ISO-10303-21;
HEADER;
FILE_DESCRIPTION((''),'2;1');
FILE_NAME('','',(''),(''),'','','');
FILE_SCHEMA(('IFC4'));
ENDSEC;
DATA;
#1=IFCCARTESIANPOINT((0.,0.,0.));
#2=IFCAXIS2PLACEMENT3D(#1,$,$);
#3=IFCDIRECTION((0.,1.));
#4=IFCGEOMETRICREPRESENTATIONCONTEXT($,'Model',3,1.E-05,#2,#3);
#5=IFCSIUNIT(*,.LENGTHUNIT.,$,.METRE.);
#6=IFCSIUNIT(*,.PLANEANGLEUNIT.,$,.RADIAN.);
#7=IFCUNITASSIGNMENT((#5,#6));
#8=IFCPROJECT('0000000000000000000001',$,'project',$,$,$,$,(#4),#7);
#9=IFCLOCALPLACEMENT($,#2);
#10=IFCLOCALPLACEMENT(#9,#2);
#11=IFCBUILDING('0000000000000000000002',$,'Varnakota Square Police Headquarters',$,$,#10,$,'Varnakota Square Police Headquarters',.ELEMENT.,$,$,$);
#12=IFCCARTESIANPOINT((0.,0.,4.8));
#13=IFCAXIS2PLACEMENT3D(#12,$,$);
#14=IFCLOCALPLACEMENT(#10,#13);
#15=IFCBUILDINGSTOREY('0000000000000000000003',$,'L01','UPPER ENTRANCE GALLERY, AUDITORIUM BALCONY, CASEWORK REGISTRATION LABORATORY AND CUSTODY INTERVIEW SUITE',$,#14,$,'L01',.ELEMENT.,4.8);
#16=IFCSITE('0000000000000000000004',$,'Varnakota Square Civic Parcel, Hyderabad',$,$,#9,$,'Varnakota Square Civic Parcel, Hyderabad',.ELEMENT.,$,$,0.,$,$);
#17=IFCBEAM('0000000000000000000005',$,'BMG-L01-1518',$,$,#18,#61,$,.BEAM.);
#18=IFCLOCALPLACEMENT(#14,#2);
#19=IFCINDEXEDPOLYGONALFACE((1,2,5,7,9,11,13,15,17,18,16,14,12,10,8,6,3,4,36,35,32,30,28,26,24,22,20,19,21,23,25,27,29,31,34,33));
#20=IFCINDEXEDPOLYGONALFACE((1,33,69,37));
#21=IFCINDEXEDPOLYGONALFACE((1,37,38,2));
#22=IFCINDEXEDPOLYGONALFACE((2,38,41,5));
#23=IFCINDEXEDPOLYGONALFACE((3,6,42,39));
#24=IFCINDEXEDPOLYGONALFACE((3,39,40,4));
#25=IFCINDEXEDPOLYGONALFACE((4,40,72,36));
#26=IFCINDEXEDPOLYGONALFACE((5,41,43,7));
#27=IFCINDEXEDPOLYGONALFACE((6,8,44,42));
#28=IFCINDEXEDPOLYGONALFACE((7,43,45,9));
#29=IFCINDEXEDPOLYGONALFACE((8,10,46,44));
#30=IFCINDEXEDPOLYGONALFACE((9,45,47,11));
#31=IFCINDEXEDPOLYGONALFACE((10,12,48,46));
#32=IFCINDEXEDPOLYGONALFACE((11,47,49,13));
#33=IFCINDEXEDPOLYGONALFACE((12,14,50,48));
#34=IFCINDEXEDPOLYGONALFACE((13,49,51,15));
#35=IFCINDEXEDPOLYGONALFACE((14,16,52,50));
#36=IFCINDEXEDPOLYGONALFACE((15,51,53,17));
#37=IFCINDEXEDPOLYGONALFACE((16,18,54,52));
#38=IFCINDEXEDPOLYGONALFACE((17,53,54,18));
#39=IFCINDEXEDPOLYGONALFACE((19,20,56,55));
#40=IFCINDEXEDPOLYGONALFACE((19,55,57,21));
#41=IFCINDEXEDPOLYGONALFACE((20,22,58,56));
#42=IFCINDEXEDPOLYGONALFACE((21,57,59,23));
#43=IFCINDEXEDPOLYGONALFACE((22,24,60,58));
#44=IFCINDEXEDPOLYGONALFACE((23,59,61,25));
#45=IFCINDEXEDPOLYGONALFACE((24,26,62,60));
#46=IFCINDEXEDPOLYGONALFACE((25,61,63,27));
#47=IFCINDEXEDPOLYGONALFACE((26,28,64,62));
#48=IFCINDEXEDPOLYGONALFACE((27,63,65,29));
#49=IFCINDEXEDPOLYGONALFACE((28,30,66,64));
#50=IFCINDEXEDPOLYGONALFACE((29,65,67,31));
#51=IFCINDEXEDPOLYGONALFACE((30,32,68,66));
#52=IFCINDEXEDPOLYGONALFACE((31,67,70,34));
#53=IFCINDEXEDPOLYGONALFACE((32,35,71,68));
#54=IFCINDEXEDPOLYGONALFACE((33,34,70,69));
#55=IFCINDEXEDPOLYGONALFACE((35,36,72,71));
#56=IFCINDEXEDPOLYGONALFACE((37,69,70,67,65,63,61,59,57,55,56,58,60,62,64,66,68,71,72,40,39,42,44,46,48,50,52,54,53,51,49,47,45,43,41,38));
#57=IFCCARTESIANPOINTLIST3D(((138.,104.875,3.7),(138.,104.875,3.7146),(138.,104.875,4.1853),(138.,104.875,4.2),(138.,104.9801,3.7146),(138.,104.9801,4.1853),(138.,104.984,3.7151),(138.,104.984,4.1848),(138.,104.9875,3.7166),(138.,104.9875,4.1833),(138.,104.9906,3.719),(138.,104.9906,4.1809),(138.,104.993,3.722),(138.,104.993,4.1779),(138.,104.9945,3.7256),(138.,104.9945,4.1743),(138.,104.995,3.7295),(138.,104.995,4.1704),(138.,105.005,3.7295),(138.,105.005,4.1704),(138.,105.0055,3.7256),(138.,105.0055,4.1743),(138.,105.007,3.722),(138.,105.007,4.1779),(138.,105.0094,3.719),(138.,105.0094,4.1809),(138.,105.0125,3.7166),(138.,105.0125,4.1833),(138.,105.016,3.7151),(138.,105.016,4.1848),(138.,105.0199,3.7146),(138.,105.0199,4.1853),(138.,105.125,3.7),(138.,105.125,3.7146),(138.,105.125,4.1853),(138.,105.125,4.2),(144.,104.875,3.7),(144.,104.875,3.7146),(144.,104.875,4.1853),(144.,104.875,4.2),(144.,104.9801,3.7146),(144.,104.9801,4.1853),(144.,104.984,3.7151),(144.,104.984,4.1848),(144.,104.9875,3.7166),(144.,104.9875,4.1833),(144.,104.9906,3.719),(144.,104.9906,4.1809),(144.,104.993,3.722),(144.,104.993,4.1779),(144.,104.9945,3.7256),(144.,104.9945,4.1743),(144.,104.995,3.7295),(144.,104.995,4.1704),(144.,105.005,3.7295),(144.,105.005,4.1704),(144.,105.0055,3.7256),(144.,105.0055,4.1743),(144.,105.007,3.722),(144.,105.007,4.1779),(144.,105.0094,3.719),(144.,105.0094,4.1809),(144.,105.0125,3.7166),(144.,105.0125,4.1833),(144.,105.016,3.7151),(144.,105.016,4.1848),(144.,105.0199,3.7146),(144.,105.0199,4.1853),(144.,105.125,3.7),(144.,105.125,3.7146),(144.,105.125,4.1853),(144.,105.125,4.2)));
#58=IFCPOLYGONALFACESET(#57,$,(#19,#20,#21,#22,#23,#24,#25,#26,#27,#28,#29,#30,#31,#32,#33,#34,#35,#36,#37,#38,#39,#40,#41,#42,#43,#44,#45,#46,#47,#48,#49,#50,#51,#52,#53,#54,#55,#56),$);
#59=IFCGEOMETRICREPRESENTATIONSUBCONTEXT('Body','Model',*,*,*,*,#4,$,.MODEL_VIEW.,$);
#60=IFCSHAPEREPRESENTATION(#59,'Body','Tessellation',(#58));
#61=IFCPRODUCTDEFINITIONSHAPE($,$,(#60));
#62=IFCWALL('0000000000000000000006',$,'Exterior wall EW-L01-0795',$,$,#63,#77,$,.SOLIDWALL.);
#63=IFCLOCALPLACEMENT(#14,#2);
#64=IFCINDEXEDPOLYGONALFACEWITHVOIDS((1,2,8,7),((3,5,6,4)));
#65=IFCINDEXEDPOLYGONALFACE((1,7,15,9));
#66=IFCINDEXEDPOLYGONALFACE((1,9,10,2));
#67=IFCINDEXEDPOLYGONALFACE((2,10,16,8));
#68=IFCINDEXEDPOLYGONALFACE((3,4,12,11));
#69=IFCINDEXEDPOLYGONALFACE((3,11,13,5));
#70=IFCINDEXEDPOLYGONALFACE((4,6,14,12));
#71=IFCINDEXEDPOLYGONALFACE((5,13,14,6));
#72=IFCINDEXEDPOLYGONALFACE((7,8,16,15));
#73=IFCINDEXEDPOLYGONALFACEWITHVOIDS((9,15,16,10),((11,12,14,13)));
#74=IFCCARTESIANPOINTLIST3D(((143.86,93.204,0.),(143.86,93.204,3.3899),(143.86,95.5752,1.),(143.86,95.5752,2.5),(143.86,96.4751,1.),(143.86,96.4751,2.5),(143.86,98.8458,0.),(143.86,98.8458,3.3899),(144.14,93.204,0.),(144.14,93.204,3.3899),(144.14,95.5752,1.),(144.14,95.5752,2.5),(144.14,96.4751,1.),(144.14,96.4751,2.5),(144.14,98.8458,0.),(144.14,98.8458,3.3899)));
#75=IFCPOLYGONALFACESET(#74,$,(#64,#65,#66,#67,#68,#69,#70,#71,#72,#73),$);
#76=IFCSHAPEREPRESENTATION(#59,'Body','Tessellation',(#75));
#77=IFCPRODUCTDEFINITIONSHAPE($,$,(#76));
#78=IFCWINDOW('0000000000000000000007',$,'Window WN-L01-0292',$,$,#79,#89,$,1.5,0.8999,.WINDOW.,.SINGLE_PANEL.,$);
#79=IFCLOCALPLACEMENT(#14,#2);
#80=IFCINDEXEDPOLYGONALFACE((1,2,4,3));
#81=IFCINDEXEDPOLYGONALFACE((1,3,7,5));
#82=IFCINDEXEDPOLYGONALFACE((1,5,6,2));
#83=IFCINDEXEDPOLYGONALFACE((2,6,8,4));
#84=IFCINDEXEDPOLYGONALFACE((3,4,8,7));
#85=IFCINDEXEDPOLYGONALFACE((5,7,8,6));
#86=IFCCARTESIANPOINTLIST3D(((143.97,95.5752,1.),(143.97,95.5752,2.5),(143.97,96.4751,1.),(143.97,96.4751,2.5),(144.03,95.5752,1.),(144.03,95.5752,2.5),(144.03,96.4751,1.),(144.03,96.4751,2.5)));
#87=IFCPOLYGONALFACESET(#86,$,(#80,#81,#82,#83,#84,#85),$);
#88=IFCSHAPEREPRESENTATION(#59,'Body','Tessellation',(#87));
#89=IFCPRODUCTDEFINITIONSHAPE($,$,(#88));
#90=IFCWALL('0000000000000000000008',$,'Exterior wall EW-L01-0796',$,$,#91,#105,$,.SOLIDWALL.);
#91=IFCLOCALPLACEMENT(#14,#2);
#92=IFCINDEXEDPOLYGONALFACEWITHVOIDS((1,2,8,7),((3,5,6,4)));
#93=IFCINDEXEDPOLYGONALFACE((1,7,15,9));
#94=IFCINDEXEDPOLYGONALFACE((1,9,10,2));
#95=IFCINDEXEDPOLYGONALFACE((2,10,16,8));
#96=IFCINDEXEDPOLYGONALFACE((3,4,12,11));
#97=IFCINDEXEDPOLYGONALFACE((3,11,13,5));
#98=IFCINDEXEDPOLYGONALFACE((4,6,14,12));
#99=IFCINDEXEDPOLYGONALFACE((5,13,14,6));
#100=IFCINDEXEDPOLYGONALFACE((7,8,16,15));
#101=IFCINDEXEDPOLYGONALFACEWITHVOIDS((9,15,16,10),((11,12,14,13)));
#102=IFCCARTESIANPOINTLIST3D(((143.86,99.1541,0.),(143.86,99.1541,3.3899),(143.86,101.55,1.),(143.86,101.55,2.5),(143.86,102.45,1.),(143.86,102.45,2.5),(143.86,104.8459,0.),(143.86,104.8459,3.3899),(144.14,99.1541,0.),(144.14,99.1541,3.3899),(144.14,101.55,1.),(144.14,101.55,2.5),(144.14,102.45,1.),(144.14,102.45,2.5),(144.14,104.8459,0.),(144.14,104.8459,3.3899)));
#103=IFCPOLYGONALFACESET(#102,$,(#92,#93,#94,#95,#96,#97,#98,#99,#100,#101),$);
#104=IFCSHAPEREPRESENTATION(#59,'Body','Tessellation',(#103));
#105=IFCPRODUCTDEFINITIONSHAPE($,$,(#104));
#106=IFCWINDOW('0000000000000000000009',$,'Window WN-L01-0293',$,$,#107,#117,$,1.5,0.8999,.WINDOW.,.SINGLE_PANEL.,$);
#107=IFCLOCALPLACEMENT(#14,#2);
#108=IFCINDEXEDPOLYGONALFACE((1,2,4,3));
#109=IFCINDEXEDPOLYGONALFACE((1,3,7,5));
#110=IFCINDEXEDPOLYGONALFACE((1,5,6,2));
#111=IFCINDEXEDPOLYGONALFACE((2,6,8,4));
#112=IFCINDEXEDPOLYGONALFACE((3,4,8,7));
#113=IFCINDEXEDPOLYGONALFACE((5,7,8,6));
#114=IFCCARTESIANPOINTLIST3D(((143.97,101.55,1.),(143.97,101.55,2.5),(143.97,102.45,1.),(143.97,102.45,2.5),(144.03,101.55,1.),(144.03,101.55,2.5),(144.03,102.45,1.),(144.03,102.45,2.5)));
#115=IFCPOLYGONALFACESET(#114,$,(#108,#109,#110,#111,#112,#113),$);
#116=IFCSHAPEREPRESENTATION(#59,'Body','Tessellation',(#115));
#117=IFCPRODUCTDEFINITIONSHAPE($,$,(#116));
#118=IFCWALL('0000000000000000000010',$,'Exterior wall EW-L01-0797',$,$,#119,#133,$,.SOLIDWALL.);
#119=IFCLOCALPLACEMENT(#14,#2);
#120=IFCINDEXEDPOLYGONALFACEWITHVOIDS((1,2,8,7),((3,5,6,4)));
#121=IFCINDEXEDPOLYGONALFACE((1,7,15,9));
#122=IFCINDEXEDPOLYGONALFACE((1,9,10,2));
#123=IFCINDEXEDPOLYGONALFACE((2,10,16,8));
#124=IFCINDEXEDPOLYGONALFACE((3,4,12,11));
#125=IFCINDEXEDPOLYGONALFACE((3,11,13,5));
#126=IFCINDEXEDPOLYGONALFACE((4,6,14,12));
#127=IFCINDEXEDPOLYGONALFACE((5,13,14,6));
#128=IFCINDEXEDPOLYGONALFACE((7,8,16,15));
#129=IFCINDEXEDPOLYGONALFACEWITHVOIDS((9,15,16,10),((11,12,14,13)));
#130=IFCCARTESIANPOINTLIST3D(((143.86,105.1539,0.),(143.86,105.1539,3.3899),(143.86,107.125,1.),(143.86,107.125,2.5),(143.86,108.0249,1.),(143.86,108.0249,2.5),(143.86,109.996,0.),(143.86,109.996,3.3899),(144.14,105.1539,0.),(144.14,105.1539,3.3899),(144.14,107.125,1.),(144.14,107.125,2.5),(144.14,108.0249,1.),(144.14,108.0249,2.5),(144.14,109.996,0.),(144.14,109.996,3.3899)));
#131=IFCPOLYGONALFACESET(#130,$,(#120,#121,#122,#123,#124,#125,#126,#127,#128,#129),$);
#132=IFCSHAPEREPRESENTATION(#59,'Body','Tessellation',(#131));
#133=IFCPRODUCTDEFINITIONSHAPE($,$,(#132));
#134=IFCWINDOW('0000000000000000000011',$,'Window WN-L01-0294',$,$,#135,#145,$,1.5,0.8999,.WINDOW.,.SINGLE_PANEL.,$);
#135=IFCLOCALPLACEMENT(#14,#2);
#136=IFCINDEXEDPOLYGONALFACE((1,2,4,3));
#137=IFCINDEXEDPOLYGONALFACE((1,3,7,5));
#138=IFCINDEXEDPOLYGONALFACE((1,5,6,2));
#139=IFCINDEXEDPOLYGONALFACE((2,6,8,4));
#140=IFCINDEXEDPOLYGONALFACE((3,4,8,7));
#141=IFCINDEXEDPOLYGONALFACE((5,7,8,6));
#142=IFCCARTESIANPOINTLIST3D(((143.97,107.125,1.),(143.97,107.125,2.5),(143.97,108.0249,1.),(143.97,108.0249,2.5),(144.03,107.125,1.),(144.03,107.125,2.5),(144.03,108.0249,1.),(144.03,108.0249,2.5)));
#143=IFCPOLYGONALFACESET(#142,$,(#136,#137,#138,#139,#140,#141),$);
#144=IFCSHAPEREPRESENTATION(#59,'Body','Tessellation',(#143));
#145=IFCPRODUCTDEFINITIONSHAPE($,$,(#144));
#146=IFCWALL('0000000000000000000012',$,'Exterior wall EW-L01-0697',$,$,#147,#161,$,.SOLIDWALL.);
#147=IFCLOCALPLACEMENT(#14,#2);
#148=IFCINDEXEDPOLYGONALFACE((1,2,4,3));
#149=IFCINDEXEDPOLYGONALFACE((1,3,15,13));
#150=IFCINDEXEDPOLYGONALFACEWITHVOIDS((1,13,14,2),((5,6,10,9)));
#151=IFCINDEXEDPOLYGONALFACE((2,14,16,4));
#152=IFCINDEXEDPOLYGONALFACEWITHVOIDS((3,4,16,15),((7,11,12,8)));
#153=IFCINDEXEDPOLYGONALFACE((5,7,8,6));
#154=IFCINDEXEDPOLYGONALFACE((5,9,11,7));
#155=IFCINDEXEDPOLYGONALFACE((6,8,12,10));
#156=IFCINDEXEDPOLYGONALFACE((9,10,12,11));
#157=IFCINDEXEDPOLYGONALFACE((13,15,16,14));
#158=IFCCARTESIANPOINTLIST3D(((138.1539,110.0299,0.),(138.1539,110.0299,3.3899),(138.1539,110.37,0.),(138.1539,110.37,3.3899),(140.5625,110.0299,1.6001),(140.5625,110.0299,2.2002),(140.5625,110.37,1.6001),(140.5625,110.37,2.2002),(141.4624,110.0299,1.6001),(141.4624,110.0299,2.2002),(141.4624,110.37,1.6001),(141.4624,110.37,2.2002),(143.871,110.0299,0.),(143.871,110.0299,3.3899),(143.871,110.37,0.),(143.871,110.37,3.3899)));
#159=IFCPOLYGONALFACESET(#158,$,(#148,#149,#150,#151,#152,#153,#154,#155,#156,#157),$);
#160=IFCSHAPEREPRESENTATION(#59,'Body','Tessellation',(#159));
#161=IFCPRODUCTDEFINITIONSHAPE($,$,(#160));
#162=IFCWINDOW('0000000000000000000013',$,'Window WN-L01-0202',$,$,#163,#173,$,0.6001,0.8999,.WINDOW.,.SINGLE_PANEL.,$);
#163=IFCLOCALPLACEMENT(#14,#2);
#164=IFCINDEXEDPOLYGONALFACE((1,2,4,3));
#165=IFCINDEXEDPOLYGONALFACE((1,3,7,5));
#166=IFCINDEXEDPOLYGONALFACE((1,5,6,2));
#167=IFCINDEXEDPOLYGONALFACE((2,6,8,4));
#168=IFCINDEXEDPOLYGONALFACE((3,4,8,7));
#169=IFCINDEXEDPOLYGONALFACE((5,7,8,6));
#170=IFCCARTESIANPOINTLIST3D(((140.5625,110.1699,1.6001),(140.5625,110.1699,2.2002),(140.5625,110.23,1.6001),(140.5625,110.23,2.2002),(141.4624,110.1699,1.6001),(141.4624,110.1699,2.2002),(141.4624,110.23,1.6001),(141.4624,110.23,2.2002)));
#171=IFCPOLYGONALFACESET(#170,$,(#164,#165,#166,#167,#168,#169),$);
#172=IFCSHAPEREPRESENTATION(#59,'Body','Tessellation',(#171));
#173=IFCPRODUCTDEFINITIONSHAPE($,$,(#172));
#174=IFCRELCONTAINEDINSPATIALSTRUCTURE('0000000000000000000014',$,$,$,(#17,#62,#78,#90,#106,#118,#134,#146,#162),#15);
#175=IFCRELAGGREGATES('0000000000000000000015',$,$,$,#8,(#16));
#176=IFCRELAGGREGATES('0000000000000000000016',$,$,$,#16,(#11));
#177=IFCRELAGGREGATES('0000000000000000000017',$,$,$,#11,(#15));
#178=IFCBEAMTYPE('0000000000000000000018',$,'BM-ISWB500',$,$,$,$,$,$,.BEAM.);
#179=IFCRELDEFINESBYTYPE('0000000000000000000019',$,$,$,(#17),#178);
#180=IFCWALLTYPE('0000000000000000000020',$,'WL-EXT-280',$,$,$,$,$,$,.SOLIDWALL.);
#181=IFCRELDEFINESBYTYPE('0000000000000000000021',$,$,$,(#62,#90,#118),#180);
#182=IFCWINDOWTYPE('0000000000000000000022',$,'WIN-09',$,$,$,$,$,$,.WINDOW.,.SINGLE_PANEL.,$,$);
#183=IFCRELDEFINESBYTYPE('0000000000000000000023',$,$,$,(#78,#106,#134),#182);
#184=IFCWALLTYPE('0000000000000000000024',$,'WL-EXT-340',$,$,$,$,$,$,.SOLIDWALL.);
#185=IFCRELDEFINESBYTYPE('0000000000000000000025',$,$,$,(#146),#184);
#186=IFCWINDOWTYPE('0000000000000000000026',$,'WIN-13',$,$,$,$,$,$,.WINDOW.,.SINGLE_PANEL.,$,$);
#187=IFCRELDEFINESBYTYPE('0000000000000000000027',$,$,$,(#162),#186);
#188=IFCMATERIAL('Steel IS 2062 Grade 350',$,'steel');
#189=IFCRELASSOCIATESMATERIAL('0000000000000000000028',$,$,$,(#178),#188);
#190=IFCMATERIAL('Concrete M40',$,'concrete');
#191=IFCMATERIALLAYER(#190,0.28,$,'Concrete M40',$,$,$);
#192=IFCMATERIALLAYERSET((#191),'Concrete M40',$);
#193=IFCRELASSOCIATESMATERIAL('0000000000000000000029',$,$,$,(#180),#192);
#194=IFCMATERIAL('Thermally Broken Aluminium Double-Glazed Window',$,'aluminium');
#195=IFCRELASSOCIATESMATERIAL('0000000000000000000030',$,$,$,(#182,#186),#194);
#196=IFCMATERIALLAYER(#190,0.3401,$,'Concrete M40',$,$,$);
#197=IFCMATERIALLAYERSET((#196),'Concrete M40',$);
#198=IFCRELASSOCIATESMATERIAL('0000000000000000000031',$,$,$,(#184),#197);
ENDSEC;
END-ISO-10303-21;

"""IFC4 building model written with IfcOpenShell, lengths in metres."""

from ifc_helpers import new_model, si_unit, direction, frame, frame_2d, origin, origin_2d, place, context, subcontext, project, spatial, rectangle, i_section, extrude, material, layer, layer_set, material_profile, profile_set, type_object, element, fill, save


model = new_model("IFC4")

# Units and contexts
model_context = context("Model", 3, precision=1e-05, world=origin(), true_north=direction((0.0, 1.0)))
body_context = subcontext(model_context, "Body", "Model", "MODEL_VIEW")
ifc_project = project(units=[si_unit("LENGTHUNIT", "METRE"), si_unit("PLANEANGLEUNIT", "RADIAN")], contexts=[model_context])

# Site, building, storey
site_placement = place(None, origin())
site = spatial("IfcSite", under=ifc_project, at=site_placement, Name="Varnakota Square Civic Parcel, Hyderabad", LongName="Varnakota Square Civic Parcel, Hyderabad", CompositionType="ELEMENT", RefElevation=0.0)
building_placement = place(site_placement, origin())
building = spatial("IfcBuilding", under=site, at=building_placement, Name="Varnakota Square Police Headquarters", LongName="Varnakota Square Police Headquarters", CompositionType="ELEMENT")
storey_placement = place(building_placement, frame((0.0, 0.0, 4.8)))
storey = spatial("IfcBuildingStorey", under=building, at=storey_placement, Name="L01", Description="UPPER ENTRANCE GALLERY, AUDITORIUM BALCONY, CASEWORK REGISTRATION LABORATORY AND CUSTODY INTERVIEW SUITE", LongName="L01", CompositionType="ELEMENT", Elevation=4.8)

# Shared definitions
ifc_material_1 = material(Name="Steel IS 2062 Grade 350", Category="steel")

# Beam
ifc_material_profile_1 = material_profile(ifc_material_1, i_section(OverallWidth=0.25, OverallDepth=0.5, WebThickness=0.01, FlangeThickness=0.0146, FilletRadius=0.0149, at=origin_2d()), Name="ISWB 500")
ifc_profile_set_1 = profile_set([ifc_material_profile_1], Name="Steel IS 2062 Grade 350")
beam_type_1 = type_object("IfcBeamType", Name="BM-ISWB500", PredefinedType="BEAM", material=ifc_profile_set_1)
beam_1_placement = place(storey_placement, frame((138.0, 105.0, 3.95), z_axis=(1.0, 0.0, 0.0), x_axis=(0.0, 1.0, 0.0)))
element("IfcBeam", 1, at=beam_1_placement, inside=storey, type_object=beam_type_1, Name="BMG-L01-1518", PredefinedType="BEAM", context=body_context, shape_type="SweptSolid", body=[
    extrude(i_section(OverallWidth=0.25, OverallDepth=0.5, WebThickness=0.01, FlangeThickness=0.0146, FilletRadius=0.0149, at=origin_2d()), origin(), (0.0, 0.0, 1.0), 6.0),
])

# Walls, openings, windows
ifc_material_2 = material(Name="Concrete M40", Category="concrete")
ifc_layer_1 = layer(ifc_material_2, 0.28, Name="Concrete M40")
ifc_layer_set_1 = layer_set([ifc_layer_1], Name="Concrete M40")
wall_type_1 = type_object("IfcWallType", Name="WL-EXT-280", PredefinedType="SOLIDWALL", material=ifc_layer_set_1)
wall_1_placement = place(storey_placement, frame((144.0, 93.2041, 0.0), z_axis=(0.0, 0.0, 1.0), x_axis=(0.0, 1.0, 0.0)))
wall_1 = element("IfcWall", 2, at=wall_1_placement, inside=storey, type_object=wall_type_1, Name="Exterior wall EW-L01-0795", PredefinedType="SOLIDWALL", context=body_context, shape_type="SweptSolid", body=[
    extrude(rectangle(XDim=5.6418, YDim=0.28, at=frame_2d((2.8208, 0.0))), origin(), (0.0, 0.0, 1.0), 3.3899),
])
opening_1_placement = place(wall_1_placement, frame((2.3711, 0.0, 1.0)))
opening_1 = element("IfcOpeningElement", 3, at=opening_1_placement, cuts=wall_1, PredefinedType="OPENING", context=body_context, shape_type="SweptSolid", body=[
    extrude(rectangle(XDim=0.8999, YDim=1.5, at=frame_2d((0.45, 0.75))), frame((0.0, 0.1499, 0.0), z_axis=(0.0, -1.0, 0.0), x_axis=(1.0, 0.0, 0.0)), (0.0, 0.0, 1.0), 0.3),
])
ifc_material_3 = material(Name="Thermally Broken Aluminium Double-Glazed Window", Category="aluminium")
window_type_1 = type_object("IfcWindowType", Name="WIN-09", PartitioningType="SINGLE_PANEL", PredefinedType="WINDOW", material=ifc_material_3)
window_1_placement = place(opening_1_placement, origin())
window_1 = element("IfcWindow", 4, at=window_1_placement, inside=storey, type_object=window_type_1, Name="Window WN-L01-0292", OverallHeight=1.5, OverallWidth=0.8999, PartitioningType="SINGLE_PANEL", PredefinedType="WINDOW", context=body_context, shape_type="SweptSolid", body=[
    extrude(rectangle(XDim=0.8999, YDim=1.5, at=frame_2d((0.45, 0.75))), frame((0.0, 0.03, 0.0), z_axis=(0.0, -1.0, 0.0), x_axis=(1.0, 0.0, 0.0)), (0.0, 0.0, 1.0), 0.0601),
])
fill(opening_1, window_1)
wall_2_placement = place(storey_placement, frame((144.0, 99.1541, 0.0), z_axis=(0.0, 0.0, 1.0), x_axis=(0.0, 1.0, 0.0)))
wall_2 = element("IfcWall", 5, at=wall_2_placement, inside=storey, type_object=wall_type_1, Name="Exterior wall EW-L01-0796", PredefinedType="SOLIDWALL", context=body_context, shape_type="SweptSolid", body=[
    extrude(rectangle(XDim=5.6919, YDim=0.28, at=frame_2d((2.8459, 0.0))), origin(), (0.0, 0.0, 1.0), 3.3899),
])
opening_2_placement = place(wall_2_placement, frame((2.396, 0.0, 1.0)))
opening_2 = element("IfcOpeningElement", 6, at=opening_2_placement, cuts=wall_2, PredefinedType="OPENING", context=body_context, shape_type="SweptSolid", body=[
    extrude(rectangle(XDim=0.8999, YDim=1.5, at=frame_2d((0.45, 0.75))), frame((0.0, 0.1499, 0.0), z_axis=(0.0, -1.0, 0.0), x_axis=(1.0, 0.0, 0.0)), (0.0, 0.0, 1.0), 0.3),
])
window_2_placement = place(opening_2_placement, origin())
window_2 = element("IfcWindow", 7, at=window_2_placement, inside=storey, type_object=window_type_1, Name="Window WN-L01-0293", OverallHeight=1.5, OverallWidth=0.8999, PartitioningType="SINGLE_PANEL", PredefinedType="WINDOW", context=body_context, shape_type="SweptSolid", body=[
    extrude(rectangle(XDim=0.8999, YDim=1.5, at=frame_2d((0.45, 0.75))), frame((0.0, 0.03, 0.0), z_axis=(0.0, -1.0, 0.0), x_axis=(1.0, 0.0, 0.0)), (0.0, 0.0, 1.0), 0.0601),
])
fill(opening_2, window_2)
wall_3_placement = place(storey_placement, frame((144.0, 105.1541, 0.0), z_axis=(0.0, 0.0, 1.0), x_axis=(0.0, 1.0, 0.0)))
wall_3 = element("IfcWall", 8, at=wall_3_placement, inside=storey, type_object=wall_type_1, Name="Exterior wall EW-L01-0797", PredefinedType="SOLIDWALL", context=body_context, shape_type="SweptSolid", body=[
    extrude(rectangle(XDim=4.842, YDim=0.28, at=frame_2d((2.4209, 0.0))), origin(), (0.0, 0.0, 1.0), 3.3899),
])
opening_3_placement = place(wall_3_placement, frame((1.9709, 0.0, 1.0)))
opening_3 = element("IfcOpeningElement", 9, at=opening_3_placement, cuts=wall_3, PredefinedType="OPENING", context=body_context, shape_type="SweptSolid", body=[
    extrude(rectangle(XDim=0.8999, YDim=1.5, at=frame_2d((0.45, 0.75))), frame((0.0, 0.1499, 0.0), z_axis=(0.0, -1.0, 0.0), x_axis=(1.0, 0.0, 0.0)), (0.0, 0.0, 1.0), 0.3),
])
window_3_placement = place(opening_3_placement, origin())
window_3 = element("IfcWindow", 10, at=window_3_placement, inside=storey, type_object=window_type_1, Name="Window WN-L01-0294", OverallHeight=1.5, OverallWidth=0.8999, PartitioningType="SINGLE_PANEL", PredefinedType="WINDOW", context=body_context, shape_type="SweptSolid", body=[
    extrude(rectangle(XDim=0.8999, YDim=1.5, at=frame_2d((0.45, 0.75))), frame((0.0, 0.03, 0.0), z_axis=(0.0, -1.0, 0.0), x_axis=(1.0, 0.0, 0.0)), (0.0, 0.0, 1.0), 0.0601),
])
fill(opening_3, window_3)
ifc_layer_2 = layer(ifc_material_2, 0.3401, Name="Concrete M40")
ifc_layer_set_2 = layer_set([ifc_layer_2], Name="Concrete M40")
wall_type_2 = type_object("IfcWallType", Name="WL-EXT-340", PredefinedType="SOLIDWALL", material=ifc_layer_set_2)
wall_4_placement = place(storey_placement, frame((138.1541, 110.2, 0.0), z_axis=(0.0, 0.0, 1.0), x_axis=(1.0, 0.0, 0.0)))
wall_4 = element("IfcWall", 11, at=wall_4_placement, inside=storey, type_object=wall_type_2, Name="Exterior wall EW-L01-0697", PredefinedType="SOLIDWALL", context=body_context, shape_type="SweptSolid", body=[
    extrude(rectangle(XDim=5.717, YDim=0.3401, at=frame_2d((2.8584, 0.0))), origin(), (0.0, 0.0, 1.0), 3.3899),
])
opening_4_placement = place(wall_4_placement, frame((2.4084, 0.0, 1.6001)))
opening_4 = element("IfcOpeningElement", 12, at=opening_4_placement, cuts=wall_4, PredefinedType="OPENING", context=body_context, shape_type="SweptSolid", body=[
    extrude(rectangle(XDim=0.8999, YDim=0.6001, at=frame_2d((0.45, 0.3))), frame((0.0, 0.1799, 0.0), z_axis=(0.0, -1.0, 0.0), x_axis=(1.0, 0.0, 0.0)), (0.0, 0.0, 1.0), 0.3601),
])
window_type_2 = type_object("IfcWindowType", Name="WIN-13", PartitioningType="SINGLE_PANEL", PredefinedType="WINDOW", material=ifc_material_3)
window_4_placement = place(opening_4_placement, origin())
window_4 = element("IfcWindow", 13, at=window_4_placement, inside=storey, type_object=window_type_2, Name="Window WN-L01-0202", OverallHeight=0.6001, OverallWidth=0.8999, PartitioningType="SINGLE_PANEL", PredefinedType="WINDOW", context=body_context, shape_type="SweptSolid", body=[
    extrude(rectangle(XDim=0.8999, YDim=0.6001, at=frame_2d((0.45, 0.3))), frame((0.0, 0.03, 0.0), z_axis=(0.0, -1.0, 0.0), x_axis=(1.0, 0.0, 0.0)), (0.0, 0.0, 1.0), 0.0601),
])
fill(opening_4, window_4)

save(model, "model.ifc")
